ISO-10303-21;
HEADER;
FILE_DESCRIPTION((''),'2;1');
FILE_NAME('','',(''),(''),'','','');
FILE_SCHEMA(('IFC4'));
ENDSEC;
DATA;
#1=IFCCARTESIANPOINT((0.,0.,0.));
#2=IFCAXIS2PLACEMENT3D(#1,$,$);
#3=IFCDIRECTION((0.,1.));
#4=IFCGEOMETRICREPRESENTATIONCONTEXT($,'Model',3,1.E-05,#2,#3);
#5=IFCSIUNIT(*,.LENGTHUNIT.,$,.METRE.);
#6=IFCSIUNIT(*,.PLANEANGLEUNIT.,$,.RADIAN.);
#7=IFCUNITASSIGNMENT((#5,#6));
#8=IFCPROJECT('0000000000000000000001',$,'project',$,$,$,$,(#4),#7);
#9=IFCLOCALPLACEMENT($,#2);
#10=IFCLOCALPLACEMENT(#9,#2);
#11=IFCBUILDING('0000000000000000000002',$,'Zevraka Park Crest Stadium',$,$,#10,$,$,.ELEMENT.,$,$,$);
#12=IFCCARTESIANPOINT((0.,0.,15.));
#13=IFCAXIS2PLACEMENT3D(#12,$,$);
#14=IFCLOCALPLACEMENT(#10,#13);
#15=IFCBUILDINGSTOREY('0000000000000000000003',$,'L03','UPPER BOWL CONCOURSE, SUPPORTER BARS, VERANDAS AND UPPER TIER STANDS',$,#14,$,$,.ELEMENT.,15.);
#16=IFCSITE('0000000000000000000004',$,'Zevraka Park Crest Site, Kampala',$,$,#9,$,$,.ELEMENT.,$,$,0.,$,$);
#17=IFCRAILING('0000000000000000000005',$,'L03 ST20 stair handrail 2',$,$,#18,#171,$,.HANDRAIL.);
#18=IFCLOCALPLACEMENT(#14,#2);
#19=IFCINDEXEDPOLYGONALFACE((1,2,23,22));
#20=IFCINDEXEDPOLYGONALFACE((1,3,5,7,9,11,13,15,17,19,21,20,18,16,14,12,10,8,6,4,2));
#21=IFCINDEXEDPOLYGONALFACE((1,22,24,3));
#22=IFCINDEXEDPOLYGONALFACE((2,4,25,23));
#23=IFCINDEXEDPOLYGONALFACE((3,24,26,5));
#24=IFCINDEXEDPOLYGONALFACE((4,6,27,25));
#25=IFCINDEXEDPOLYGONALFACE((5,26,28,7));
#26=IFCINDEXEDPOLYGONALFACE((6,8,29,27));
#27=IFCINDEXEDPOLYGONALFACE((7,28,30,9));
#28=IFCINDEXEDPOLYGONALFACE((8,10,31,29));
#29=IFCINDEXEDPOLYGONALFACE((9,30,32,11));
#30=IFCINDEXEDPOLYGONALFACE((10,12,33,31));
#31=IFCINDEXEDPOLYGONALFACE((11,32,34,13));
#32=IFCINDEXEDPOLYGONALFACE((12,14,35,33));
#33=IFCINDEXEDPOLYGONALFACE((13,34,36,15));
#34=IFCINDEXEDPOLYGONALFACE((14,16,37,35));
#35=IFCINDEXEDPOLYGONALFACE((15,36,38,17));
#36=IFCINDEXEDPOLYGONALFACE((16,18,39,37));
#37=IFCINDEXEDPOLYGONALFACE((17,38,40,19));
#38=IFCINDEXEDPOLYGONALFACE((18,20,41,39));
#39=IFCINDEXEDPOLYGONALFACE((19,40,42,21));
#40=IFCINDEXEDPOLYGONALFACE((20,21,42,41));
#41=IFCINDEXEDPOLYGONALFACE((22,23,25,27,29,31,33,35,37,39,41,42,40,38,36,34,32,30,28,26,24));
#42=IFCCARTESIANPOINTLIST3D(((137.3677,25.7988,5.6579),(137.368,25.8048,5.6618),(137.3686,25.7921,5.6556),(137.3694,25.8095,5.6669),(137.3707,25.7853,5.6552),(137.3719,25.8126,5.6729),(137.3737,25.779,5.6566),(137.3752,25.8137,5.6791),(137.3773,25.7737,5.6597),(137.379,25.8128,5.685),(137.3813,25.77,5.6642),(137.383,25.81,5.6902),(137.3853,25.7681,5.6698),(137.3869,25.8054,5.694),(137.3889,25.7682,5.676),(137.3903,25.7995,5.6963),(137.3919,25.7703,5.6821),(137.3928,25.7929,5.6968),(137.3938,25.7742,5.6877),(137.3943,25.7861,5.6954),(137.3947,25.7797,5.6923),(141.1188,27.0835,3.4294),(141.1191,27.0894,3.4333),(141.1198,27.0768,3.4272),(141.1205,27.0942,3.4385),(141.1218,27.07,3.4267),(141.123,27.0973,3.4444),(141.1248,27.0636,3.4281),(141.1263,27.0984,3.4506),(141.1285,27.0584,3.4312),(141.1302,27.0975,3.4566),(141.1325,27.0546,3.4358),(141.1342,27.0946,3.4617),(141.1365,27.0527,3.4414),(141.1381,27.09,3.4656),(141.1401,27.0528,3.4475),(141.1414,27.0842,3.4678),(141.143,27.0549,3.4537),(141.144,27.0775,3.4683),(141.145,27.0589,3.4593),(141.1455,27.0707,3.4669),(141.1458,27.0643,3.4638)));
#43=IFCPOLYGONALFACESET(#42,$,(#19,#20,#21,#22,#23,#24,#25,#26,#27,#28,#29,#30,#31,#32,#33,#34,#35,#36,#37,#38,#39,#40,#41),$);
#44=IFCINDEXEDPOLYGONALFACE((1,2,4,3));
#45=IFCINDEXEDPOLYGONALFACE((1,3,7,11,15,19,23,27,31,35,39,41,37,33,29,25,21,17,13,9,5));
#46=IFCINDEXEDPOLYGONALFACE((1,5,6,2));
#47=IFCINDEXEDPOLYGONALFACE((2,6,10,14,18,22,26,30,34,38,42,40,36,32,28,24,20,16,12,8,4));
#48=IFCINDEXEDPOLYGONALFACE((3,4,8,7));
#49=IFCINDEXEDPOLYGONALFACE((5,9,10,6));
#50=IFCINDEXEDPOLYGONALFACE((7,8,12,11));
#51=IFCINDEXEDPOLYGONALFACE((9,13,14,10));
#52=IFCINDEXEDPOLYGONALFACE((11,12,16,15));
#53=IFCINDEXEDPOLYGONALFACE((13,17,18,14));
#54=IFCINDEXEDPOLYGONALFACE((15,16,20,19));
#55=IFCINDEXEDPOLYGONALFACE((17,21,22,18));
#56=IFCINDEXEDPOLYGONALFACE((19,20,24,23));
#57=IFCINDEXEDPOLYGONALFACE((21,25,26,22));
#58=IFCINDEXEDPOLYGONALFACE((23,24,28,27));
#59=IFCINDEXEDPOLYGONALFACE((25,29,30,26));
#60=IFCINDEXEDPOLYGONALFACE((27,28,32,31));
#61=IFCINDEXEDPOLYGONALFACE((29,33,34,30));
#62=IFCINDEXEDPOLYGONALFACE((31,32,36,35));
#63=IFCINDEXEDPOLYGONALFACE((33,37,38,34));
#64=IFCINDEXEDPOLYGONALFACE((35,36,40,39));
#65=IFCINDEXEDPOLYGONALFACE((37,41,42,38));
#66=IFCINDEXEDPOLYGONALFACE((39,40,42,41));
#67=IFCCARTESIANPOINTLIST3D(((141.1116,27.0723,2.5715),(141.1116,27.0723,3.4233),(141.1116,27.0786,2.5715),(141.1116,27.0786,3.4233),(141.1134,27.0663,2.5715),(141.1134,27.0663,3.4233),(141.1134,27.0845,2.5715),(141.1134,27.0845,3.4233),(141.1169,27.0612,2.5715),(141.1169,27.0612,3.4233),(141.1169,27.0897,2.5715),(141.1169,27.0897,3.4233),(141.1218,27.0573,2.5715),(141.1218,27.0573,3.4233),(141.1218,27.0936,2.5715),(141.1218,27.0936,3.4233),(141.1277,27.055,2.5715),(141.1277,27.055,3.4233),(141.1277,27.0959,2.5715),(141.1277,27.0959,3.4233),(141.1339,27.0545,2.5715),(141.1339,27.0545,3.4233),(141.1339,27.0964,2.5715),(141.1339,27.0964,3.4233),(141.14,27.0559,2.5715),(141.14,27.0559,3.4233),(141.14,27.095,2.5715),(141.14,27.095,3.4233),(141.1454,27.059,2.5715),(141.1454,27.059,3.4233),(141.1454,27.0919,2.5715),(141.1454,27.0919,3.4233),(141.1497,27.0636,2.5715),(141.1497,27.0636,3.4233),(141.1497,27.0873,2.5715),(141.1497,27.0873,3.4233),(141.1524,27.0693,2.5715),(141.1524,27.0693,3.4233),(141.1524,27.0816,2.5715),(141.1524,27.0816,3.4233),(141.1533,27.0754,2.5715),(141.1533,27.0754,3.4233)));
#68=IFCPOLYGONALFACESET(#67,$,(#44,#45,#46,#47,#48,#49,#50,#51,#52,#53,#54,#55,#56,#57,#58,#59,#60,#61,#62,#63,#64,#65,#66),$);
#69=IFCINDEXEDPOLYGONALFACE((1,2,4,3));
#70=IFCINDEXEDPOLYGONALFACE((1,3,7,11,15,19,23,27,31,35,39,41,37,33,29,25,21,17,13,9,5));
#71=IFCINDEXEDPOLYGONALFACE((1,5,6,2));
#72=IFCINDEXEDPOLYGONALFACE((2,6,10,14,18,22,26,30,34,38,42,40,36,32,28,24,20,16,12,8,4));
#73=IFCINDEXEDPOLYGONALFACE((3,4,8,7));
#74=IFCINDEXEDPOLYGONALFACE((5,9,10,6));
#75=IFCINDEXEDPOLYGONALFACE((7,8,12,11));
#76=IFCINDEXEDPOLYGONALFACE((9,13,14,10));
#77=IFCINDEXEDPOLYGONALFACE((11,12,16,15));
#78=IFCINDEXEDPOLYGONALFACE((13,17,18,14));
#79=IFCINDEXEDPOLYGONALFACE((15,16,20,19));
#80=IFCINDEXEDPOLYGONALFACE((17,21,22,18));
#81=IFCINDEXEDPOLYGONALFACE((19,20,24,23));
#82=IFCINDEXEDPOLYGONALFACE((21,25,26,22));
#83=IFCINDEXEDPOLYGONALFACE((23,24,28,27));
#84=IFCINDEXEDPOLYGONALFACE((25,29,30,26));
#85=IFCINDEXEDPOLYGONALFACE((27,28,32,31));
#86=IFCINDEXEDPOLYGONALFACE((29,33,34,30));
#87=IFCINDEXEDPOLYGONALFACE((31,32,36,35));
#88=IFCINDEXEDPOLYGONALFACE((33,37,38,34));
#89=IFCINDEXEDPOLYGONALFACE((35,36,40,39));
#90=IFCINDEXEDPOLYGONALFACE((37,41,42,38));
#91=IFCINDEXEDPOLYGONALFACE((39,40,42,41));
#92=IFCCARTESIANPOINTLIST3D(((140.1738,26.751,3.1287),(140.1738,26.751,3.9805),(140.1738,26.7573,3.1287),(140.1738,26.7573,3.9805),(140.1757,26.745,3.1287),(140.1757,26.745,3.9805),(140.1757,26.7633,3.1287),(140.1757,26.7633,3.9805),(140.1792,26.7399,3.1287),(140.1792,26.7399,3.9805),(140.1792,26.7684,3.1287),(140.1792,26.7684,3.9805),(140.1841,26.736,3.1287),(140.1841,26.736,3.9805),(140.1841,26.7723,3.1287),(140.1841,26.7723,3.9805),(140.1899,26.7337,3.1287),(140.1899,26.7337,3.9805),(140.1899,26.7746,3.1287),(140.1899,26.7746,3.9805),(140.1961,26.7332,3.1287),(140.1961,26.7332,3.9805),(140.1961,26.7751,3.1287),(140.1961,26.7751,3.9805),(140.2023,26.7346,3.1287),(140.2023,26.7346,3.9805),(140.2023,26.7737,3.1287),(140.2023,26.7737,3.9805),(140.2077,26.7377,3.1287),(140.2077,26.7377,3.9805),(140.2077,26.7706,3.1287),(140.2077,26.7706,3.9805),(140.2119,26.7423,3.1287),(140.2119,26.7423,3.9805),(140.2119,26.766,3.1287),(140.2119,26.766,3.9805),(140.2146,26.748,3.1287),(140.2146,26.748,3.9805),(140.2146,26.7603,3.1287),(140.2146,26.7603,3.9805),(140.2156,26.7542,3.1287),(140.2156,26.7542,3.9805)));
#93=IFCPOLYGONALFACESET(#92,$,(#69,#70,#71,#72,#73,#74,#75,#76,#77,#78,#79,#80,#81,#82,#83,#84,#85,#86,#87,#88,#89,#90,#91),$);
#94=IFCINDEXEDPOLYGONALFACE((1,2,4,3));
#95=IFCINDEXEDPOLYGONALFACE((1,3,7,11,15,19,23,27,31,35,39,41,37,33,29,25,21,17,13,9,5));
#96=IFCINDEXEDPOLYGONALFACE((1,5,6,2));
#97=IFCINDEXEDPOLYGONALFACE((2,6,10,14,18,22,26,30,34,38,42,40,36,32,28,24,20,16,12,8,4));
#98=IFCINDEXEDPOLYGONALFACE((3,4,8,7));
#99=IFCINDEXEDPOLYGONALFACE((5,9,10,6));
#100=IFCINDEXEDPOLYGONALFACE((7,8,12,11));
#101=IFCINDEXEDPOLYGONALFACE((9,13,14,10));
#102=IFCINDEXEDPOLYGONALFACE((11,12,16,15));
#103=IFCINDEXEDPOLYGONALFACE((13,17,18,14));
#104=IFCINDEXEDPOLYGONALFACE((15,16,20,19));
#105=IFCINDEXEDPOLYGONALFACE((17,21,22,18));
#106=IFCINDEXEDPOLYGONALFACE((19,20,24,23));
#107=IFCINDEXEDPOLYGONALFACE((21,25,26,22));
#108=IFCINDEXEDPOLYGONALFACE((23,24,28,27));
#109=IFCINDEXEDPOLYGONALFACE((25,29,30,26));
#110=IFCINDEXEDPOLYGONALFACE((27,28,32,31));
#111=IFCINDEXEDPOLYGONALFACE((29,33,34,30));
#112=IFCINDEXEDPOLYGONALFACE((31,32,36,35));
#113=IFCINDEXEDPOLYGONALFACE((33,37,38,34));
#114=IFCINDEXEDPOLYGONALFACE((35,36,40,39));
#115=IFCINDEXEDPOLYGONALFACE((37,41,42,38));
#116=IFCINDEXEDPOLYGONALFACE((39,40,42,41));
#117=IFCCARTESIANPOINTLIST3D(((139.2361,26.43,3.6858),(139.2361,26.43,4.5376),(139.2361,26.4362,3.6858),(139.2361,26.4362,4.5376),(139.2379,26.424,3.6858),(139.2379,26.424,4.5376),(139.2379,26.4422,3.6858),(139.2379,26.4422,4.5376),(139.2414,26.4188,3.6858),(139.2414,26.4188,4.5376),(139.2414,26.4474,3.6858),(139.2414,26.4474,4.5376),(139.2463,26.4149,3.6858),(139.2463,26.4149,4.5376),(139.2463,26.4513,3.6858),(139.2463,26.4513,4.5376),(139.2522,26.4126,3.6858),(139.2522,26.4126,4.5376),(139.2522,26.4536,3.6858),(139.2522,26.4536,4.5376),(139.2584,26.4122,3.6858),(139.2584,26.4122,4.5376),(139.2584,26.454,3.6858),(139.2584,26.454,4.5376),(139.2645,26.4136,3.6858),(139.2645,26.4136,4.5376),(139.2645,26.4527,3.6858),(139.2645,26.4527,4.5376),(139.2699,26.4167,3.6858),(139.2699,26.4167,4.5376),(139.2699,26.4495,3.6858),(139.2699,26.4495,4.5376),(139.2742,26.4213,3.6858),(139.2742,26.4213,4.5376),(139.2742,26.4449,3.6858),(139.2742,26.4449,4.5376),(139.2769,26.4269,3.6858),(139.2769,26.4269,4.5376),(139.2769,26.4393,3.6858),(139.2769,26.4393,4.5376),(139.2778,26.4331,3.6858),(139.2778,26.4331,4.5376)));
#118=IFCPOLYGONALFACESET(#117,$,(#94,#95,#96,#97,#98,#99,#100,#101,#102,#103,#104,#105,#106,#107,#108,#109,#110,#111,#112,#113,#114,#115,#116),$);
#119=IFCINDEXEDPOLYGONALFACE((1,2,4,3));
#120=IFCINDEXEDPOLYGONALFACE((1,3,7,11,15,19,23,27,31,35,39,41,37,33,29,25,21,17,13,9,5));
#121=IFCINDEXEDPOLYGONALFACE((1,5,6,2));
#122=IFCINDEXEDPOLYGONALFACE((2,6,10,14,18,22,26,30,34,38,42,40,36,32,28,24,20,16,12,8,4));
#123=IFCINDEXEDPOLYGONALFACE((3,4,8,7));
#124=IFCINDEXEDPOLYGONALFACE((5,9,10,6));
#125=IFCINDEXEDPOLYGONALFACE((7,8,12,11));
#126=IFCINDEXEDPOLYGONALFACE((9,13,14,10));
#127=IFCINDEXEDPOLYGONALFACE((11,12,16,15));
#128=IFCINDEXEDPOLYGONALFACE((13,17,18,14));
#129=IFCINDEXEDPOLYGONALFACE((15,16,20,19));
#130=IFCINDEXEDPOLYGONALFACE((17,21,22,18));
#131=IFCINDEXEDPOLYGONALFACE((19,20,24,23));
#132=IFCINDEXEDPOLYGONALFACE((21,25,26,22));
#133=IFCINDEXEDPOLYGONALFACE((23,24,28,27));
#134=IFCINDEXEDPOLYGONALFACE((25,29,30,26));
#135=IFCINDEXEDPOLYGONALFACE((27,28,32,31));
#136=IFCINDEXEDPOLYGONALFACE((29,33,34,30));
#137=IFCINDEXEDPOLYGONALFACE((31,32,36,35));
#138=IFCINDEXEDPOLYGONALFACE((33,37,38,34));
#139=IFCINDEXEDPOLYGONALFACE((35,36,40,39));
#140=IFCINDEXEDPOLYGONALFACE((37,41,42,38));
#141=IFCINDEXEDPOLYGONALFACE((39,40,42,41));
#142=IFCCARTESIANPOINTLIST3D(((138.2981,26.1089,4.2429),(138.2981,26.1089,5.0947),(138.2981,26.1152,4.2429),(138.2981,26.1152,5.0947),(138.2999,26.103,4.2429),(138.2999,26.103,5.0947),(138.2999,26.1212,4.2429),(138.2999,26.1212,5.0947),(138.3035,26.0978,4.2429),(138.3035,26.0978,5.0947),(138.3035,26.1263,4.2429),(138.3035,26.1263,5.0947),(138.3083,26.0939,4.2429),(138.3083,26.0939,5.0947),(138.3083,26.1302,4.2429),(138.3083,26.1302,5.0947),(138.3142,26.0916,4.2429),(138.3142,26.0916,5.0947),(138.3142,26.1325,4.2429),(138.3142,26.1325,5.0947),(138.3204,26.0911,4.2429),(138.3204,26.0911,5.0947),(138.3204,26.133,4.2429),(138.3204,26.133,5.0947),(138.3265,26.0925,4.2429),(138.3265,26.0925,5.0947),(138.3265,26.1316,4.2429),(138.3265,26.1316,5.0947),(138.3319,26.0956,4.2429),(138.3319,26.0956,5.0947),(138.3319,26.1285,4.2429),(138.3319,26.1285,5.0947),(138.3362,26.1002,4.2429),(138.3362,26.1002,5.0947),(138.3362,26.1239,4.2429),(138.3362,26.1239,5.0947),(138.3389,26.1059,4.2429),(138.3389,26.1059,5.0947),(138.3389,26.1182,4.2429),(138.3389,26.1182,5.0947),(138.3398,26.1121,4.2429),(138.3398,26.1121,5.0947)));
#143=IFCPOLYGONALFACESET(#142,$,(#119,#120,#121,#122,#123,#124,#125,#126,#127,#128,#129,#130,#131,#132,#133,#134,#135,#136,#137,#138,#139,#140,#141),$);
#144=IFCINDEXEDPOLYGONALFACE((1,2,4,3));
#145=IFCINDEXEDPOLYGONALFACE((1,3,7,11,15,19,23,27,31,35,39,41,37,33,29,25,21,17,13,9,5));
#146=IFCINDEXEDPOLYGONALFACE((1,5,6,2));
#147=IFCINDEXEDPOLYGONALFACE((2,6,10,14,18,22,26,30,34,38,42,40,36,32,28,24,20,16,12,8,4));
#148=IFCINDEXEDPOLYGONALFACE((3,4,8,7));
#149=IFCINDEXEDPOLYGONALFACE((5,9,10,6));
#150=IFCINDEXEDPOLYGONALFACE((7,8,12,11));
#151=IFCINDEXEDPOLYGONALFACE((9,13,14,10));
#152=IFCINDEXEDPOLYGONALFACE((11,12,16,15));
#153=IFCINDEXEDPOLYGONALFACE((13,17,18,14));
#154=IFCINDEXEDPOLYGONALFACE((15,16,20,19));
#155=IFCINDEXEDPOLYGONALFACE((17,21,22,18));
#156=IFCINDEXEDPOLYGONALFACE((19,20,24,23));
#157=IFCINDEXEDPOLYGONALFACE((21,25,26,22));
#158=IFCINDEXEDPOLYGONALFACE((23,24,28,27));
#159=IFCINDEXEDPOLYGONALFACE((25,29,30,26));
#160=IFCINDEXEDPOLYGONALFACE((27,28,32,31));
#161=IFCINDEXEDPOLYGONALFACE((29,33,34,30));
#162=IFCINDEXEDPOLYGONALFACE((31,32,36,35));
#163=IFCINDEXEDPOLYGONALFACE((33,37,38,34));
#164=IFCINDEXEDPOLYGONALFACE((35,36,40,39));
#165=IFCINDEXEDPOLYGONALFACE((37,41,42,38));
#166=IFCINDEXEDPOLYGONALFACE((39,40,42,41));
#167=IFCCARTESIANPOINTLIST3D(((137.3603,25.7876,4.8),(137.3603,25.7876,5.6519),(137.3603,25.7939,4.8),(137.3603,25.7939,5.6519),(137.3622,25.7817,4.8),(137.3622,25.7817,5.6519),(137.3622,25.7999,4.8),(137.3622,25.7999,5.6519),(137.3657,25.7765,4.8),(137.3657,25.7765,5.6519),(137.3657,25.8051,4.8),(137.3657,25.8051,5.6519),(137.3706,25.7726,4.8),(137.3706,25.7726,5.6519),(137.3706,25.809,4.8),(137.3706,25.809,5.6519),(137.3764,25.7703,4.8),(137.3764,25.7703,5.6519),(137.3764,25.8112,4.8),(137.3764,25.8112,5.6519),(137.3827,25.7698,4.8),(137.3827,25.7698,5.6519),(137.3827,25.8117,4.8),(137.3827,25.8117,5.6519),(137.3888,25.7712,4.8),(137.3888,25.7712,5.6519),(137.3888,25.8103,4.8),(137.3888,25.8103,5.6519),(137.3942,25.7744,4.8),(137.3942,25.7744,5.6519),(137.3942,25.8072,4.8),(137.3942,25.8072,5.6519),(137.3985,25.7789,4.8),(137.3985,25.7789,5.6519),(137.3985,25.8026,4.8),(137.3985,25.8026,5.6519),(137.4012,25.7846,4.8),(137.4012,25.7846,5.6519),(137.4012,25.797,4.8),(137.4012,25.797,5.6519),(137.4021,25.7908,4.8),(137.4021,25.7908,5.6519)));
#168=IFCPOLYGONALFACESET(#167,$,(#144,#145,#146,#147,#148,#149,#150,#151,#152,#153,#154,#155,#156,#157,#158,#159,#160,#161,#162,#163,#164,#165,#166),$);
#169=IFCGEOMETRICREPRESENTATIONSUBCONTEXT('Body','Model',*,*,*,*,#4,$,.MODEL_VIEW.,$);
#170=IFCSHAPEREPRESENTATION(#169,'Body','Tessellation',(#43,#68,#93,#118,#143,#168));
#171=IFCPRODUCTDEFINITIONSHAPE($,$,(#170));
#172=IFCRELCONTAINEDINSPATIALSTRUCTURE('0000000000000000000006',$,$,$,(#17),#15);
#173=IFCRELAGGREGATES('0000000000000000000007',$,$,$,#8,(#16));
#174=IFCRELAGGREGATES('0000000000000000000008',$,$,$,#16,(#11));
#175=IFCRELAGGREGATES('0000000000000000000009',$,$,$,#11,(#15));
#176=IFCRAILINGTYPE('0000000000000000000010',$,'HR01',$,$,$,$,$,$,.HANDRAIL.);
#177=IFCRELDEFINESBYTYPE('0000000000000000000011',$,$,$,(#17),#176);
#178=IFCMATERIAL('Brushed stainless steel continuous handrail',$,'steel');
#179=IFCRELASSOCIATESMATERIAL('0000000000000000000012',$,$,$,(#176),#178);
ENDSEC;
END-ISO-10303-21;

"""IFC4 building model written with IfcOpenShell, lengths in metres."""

from ifc_helpers import new_model, si_unit, direction, frame, origin, origin_2d, place, context, subcontext, project, spatial, circle, extrude, material, type_object, element, save


model = new_model("IFC4")

# Units and contexts
model_context = context("Model", 3, precision=1e-05, world=origin(), true_north=direction((0.0, 1.0)))
body_context = subcontext(model_context, "Body", "Model", "MODEL_VIEW")
ifc_project = project(units=[si_unit("LENGTHUNIT", "METRE"), si_unit("PLANEANGLEUNIT", "RADIAN")], contexts=[model_context])

# Site, building, storey
site_placement = place(None, origin())
site = spatial("IfcSite", under=ifc_project, at=site_placement, Name="Zevraka Park Crest Site, Kampala", CompositionType="ELEMENT", RefElevation=0.0)
building_placement = place(site_placement, origin())
building = spatial("IfcBuilding", under=site, at=building_placement, Name="Zevraka Park Crest Stadium", CompositionType="ELEMENT")
storey_placement = place(building_placement, frame((0.0, 0.0, 15.0)))
storey = spatial("IfcBuildingStorey", under=building, at=storey_placement, Name="L03", Description="UPPER BOWL CONCOURSE, SUPPORTER BARS, VERANDAS AND UPPER TIER STANDS", CompositionType="ELEMENT", Elevation=15.0)

# Railing
ifc_material_1 = material(Name="Brushed stainless steel continuous handrail", Category="steel")
railing_type_1 = type_object("IfcRailingType", Name="HR01", PredefinedType="HANDRAIL", material=ifc_material_1)
railing_1_placement = place(storey_placement, frame((141.1323, 27.0754, 2.5715)))
element("IfcRailing", 1, at=railing_1_placement, inside=storey, type_object=railing_type_1, Name="L03 ST20 stair handrail 2", PredefinedType="HANDRAIL", context=body_context, shape_type="SweptSolid", body=[
    extrude(circle(Radius=0.0239, at=origin_2d()), frame((0.0, 0.0, 0.876), z_axis=(-0.824727, -0.282441, 0.489952), x_axis=(0.323994, -0.946059, 0.0)), (0.0, 0.0, 1.0), 4.5483),
    extrude(circle(Radius=0.021, at=origin_2d()), origin(), (0.0, 0.0, 1.0), 0.8518),
    extrude(circle(Radius=0.021, at=origin_2d()), frame((-0.9377, -0.3213, 0.5571)), (0.0, 0.0, 1.0), 0.8518),
    extrude(circle(Radius=0.021, at=origin_2d()), frame((-1.8755, -0.6423, 1.1143)), (0.0, 0.0, 1.0), 0.8518),
    extrude(circle(Radius=0.021, at=origin_2d()), frame((-2.8135, -0.9634, 1.6714)), (0.0, 0.0, 1.0), 0.8518),
    extrude(circle(Radius=0.021, at=origin_2d()), frame((-3.7512, -1.2847, 2.2285)), (0.0, 0.0, 1.0), 0.8518),
])

save(model, "model.ifc")
